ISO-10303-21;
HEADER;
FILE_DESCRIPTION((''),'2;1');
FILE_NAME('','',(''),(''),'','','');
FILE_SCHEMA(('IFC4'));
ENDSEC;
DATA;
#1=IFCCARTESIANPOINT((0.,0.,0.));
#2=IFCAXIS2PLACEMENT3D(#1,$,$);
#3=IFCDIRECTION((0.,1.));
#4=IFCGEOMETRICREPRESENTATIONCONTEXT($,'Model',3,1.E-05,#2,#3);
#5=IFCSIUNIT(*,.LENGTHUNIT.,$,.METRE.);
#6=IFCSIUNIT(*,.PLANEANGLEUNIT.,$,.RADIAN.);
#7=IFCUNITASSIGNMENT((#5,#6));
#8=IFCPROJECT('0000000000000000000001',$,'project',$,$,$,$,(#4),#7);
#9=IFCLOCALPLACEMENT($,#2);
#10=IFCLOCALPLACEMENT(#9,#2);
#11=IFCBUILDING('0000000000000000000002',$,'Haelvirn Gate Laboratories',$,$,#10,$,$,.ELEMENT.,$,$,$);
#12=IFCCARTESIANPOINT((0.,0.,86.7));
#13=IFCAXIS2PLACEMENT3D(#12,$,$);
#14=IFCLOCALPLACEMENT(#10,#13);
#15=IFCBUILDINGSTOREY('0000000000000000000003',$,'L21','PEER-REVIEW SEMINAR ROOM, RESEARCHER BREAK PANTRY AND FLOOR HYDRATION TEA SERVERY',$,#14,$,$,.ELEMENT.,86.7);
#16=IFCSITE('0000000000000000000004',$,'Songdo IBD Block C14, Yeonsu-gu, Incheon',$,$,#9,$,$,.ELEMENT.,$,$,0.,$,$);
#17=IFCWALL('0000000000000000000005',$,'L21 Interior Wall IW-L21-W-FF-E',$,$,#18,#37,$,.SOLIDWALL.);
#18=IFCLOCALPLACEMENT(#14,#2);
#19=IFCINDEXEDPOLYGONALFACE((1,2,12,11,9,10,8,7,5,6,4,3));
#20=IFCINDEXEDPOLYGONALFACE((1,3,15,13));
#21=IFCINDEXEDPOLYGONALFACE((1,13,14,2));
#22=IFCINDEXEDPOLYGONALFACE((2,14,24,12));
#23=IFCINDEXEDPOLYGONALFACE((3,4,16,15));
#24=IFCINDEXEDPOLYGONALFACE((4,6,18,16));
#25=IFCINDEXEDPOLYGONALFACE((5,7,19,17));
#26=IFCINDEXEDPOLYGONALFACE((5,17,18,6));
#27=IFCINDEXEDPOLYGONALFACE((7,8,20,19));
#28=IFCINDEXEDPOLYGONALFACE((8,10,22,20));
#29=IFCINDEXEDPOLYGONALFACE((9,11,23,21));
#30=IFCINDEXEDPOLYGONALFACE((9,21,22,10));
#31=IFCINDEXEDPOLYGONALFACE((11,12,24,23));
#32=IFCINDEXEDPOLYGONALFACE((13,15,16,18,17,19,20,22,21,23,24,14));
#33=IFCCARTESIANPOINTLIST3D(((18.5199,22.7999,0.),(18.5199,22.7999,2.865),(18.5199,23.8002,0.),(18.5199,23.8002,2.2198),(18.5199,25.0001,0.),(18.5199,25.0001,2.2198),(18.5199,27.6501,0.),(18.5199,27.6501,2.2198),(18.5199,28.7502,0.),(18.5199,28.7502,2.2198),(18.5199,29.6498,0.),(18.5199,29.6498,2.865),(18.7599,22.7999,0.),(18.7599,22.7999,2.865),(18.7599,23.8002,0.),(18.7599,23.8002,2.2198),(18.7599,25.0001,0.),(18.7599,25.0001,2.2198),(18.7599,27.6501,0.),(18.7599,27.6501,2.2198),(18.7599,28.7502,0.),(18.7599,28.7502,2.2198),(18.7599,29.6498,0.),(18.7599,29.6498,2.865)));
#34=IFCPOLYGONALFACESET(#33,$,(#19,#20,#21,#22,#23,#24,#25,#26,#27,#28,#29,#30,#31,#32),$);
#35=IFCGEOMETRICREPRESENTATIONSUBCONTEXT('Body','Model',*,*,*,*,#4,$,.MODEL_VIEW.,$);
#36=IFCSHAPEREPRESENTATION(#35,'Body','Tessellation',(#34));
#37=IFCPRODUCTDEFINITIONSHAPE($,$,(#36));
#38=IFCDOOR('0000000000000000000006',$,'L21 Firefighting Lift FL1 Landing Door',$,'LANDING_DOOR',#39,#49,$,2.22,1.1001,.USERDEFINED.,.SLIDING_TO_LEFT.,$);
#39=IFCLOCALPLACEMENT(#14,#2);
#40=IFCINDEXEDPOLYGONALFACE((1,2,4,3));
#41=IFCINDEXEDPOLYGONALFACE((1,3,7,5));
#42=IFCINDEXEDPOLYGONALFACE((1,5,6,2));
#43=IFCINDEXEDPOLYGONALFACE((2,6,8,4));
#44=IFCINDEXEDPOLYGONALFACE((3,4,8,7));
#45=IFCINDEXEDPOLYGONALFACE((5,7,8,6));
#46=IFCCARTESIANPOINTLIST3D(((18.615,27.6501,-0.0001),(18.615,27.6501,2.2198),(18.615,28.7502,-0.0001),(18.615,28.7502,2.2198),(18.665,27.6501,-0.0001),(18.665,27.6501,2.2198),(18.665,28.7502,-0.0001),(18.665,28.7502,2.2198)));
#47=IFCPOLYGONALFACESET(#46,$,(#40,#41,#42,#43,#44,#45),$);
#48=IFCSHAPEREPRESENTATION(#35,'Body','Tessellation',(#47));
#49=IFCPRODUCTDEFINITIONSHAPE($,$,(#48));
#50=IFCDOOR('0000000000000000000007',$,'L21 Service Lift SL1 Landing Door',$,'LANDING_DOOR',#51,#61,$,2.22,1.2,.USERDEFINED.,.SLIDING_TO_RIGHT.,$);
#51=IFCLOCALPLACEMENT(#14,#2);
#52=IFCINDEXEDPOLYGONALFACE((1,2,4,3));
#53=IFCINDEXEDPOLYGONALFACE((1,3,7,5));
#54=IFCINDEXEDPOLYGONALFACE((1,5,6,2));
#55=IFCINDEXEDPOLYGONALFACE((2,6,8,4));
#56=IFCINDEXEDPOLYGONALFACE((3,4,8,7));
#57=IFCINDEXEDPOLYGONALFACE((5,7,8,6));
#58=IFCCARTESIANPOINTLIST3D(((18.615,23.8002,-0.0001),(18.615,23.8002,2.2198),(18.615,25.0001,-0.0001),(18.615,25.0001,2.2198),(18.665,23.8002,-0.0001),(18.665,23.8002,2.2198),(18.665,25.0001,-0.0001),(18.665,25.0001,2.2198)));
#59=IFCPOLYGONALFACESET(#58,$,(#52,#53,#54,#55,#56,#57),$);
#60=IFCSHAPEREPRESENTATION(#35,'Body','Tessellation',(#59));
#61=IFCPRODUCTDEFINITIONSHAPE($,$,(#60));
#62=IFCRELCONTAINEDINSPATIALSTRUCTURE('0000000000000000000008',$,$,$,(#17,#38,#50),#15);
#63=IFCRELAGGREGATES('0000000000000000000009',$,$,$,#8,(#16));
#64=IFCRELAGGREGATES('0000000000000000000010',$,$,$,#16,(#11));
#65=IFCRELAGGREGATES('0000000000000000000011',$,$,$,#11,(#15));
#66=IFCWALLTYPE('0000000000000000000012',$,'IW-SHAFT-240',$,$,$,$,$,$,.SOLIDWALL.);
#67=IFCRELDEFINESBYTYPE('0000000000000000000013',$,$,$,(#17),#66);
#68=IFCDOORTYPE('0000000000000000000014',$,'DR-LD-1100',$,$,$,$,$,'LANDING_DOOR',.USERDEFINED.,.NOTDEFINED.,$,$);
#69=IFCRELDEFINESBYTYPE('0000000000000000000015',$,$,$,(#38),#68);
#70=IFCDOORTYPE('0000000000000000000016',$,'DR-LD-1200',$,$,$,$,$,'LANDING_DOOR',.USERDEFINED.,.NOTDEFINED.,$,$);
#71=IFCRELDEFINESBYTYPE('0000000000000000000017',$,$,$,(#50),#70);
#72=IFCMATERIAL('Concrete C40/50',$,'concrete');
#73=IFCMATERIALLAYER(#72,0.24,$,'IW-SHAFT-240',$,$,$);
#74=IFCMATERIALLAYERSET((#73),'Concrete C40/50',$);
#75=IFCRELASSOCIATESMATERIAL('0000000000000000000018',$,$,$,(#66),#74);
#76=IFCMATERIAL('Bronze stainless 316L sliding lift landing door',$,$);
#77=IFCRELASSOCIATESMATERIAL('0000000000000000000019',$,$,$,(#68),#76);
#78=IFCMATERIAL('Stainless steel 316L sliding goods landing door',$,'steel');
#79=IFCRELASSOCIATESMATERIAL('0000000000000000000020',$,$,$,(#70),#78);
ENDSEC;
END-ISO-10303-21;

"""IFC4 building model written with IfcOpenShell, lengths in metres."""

from ifc_helpers import new_model, si_unit, direction, frame, frame_2d, origin, place, context, subcontext, project, spatial, rectangle, extrude, source, transform, mapped, material, layer, layer_set, type_object, type_shapes, element, fill, save


model = new_model("IFC4")

# Units and contexts
model_context = context("Model", 3, precision=1e-05, world=origin(), true_north=direction((0.0, 1.0)))
body_context = subcontext(model_context, "Body", "Model", "MODEL_VIEW")
ifc_project = project(units=[si_unit("LENGTHUNIT", "METRE"), si_unit("PLANEANGLEUNIT", "RADIAN")], contexts=[model_context])

# Site, building, storey
site_placement = place(None, origin())
site = spatial("IfcSite", under=ifc_project, at=site_placement, Name="Songdo IBD Block C14, Yeonsu-gu, Incheon", CompositionType="ELEMENT", RefElevation=0.0)
building_placement = place(site_placement, origin())
building = spatial("IfcBuilding", under=site, at=building_placement, Name="Haelvirn Gate Laboratories", CompositionType="ELEMENT")
storey_placement = place(building_placement, frame((0.0, 0.0, 86.7)))
storey = spatial("IfcBuildingStorey", under=building, at=storey_placement, Name="L21", Description="PEER-REVIEW SEMINAR ROOM, RESEARCHER BREAK PANTRY AND FLOOR HYDRATION TEA SERVERY", CompositionType="ELEMENT", Elevation=86.7)

# Shared definitions
ifc_material_1 = material(Name="Concrete C40/50", Category="concrete")

# Shared definitions
ifc_layer_1 = layer(ifc_material_1, 0.24, Name="IW-SHAFT-240")
ifc_layer_set_1 = layer_set([ifc_layer_1], Name="Concrete C40/50")
wall_type_1 = type_object("IfcWallType", Name="IW-SHAFT-240", PredefinedType="SOLIDWALL", material=ifc_layer_set_1)

# Wall, openings, doors
wall_1_placement = place(storey_placement, frame((18.6399, 22.8, 0.0), z_axis=(0.0, 0.0, 1.0), x_axis=(0.0, 1.0, 0.0)))
wall_1 = element("IfcWall", 1, at=wall_1_placement, inside=storey, type_object=wall_type_1, Name="L21 Interior Wall IW-L21-W-FF-E", PredefinedType="SOLIDWALL", context=body_context, shape_type="SweptSolid", body=[
    extrude(rectangle(XDim=6.8499, YDim=0.24, at=frame_2d((3.4248, 0.0))), origin(), (0.0, 0.0, 1.0), 2.865),
])
opening_1_placement = place(wall_1_placement, frame((4.8501, 0.0, 0.0)))
opening_1 = element("IfcOpeningElement", 2, at=opening_1_placement, cuts=wall_1, PredefinedType="OPENING", context=body_context, shape_type="SweptSolid", body=[
    extrude(rectangle(XDim=1.1001, YDim=2.22, at=frame_2d((0.55, 1.1099))), frame((0.0, 0.1299, 0.0), z_axis=(0.0, -1.0, 0.0), x_axis=(1.0, 0.0, 0.0)), (0.0, 0.0, 1.0), 0.26),
])
opening_2_placement = place(wall_1_placement, frame((1.0, 0.0, 0.0)))
opening_2 = element("IfcOpeningElement", 3, at=opening_2_placement, cuts=wall_1, PredefinedType="OPENING", context=body_context, shape_type="SweptSolid", body=[
    extrude(rectangle(XDim=1.2, YDim=2.22, at=frame_2d((0.6001, 1.1099))), frame((0.0, 0.1299, 0.0), z_axis=(0.0, -1.0, 0.0), x_axis=(1.0, 0.0, 0.0)), (0.0, 0.0, 1.0), 0.26),
])
ifc_material_2 = material(Name="Bronze stainless 316L sliding lift landing door")
door_type_1 = type_object("IfcDoorType", Name="DR-LD-1100", ElementType="LANDING_DOOR", OperationType="NOTDEFINED", PredefinedType="USERDEFINED", material=ifc_material_2)
shared_shape_1 = source(origin(), body_context, "Body", "SweptSolid", [
    extrude(rectangle(XDim=1.1001, YDim=2.22, at=frame_2d((0.55, 1.1099))), frame((0.0, 0.0249, 0.0), z_axis=(0.0, -1.0, 0.0), x_axis=(1.0, 0.0, 0.0)), (0.0, 0.0, 1.0), 0.05),
])
type_shapes(door_type_1, [shared_shape_1])
door_1_placement = place(opening_1_placement, origin())
door_1 = element("IfcDoor", 4, at=door_1_placement, inside=storey, type_object=door_type_1, Name="L21 Firefighting Lift FL1 Landing Door", ObjectType="LANDING_DOOR", OperationType="SLIDING_TO_LEFT", OverallHeight=2.22, OverallWidth=1.1001, PredefinedType="USERDEFINED", context=body_context, shape_type="MappedRepresentation", body=[
    mapped(shared_shape_1, transform((0.0, 0.0, 0.0), scale=1.0)),
])
fill(opening_1, door_1)
ifc_material_3 = material(Name="Stainless steel 316L sliding goods landing door", Category="steel")
door_type_2 = type_object("IfcDoorType", Name="DR-LD-1200", ElementType="LANDING_DOOR", OperationType="NOTDEFINED", PredefinedType="USERDEFINED", material=ifc_material_3)
shared_shape_2 = source(origin(), body_context, "Body", "SweptSolid", [
    extrude(rectangle(XDim=1.2, YDim=2.22, at=frame_2d((0.6001, 1.1099))), frame((0.0, 0.0249, 0.0), z_axis=(0.0, -1.0, 0.0), x_axis=(1.0, 0.0, 0.0)), (0.0, 0.0, 1.0), 0.05),
])
type_shapes(door_type_2, [shared_shape_2])
door_2_placement = place(opening_2_placement, origin())
door_2 = element("IfcDoor", 5, at=door_2_placement, inside=storey, type_object=door_type_2, Name="L21 Service Lift SL1 Landing Door", ObjectType="LANDING_DOOR", OperationType="SLIDING_TO_RIGHT", OverallHeight=2.22, OverallWidth=1.2, PredefinedType="USERDEFINED", context=body_context, shape_type="MappedRepresentation", body=[
    mapped(shared_shape_2, transform((0.0, 0.0, 0.0), scale=1.0)),
])
fill(opening_2, door_2)

save(model, "model.ifc")
